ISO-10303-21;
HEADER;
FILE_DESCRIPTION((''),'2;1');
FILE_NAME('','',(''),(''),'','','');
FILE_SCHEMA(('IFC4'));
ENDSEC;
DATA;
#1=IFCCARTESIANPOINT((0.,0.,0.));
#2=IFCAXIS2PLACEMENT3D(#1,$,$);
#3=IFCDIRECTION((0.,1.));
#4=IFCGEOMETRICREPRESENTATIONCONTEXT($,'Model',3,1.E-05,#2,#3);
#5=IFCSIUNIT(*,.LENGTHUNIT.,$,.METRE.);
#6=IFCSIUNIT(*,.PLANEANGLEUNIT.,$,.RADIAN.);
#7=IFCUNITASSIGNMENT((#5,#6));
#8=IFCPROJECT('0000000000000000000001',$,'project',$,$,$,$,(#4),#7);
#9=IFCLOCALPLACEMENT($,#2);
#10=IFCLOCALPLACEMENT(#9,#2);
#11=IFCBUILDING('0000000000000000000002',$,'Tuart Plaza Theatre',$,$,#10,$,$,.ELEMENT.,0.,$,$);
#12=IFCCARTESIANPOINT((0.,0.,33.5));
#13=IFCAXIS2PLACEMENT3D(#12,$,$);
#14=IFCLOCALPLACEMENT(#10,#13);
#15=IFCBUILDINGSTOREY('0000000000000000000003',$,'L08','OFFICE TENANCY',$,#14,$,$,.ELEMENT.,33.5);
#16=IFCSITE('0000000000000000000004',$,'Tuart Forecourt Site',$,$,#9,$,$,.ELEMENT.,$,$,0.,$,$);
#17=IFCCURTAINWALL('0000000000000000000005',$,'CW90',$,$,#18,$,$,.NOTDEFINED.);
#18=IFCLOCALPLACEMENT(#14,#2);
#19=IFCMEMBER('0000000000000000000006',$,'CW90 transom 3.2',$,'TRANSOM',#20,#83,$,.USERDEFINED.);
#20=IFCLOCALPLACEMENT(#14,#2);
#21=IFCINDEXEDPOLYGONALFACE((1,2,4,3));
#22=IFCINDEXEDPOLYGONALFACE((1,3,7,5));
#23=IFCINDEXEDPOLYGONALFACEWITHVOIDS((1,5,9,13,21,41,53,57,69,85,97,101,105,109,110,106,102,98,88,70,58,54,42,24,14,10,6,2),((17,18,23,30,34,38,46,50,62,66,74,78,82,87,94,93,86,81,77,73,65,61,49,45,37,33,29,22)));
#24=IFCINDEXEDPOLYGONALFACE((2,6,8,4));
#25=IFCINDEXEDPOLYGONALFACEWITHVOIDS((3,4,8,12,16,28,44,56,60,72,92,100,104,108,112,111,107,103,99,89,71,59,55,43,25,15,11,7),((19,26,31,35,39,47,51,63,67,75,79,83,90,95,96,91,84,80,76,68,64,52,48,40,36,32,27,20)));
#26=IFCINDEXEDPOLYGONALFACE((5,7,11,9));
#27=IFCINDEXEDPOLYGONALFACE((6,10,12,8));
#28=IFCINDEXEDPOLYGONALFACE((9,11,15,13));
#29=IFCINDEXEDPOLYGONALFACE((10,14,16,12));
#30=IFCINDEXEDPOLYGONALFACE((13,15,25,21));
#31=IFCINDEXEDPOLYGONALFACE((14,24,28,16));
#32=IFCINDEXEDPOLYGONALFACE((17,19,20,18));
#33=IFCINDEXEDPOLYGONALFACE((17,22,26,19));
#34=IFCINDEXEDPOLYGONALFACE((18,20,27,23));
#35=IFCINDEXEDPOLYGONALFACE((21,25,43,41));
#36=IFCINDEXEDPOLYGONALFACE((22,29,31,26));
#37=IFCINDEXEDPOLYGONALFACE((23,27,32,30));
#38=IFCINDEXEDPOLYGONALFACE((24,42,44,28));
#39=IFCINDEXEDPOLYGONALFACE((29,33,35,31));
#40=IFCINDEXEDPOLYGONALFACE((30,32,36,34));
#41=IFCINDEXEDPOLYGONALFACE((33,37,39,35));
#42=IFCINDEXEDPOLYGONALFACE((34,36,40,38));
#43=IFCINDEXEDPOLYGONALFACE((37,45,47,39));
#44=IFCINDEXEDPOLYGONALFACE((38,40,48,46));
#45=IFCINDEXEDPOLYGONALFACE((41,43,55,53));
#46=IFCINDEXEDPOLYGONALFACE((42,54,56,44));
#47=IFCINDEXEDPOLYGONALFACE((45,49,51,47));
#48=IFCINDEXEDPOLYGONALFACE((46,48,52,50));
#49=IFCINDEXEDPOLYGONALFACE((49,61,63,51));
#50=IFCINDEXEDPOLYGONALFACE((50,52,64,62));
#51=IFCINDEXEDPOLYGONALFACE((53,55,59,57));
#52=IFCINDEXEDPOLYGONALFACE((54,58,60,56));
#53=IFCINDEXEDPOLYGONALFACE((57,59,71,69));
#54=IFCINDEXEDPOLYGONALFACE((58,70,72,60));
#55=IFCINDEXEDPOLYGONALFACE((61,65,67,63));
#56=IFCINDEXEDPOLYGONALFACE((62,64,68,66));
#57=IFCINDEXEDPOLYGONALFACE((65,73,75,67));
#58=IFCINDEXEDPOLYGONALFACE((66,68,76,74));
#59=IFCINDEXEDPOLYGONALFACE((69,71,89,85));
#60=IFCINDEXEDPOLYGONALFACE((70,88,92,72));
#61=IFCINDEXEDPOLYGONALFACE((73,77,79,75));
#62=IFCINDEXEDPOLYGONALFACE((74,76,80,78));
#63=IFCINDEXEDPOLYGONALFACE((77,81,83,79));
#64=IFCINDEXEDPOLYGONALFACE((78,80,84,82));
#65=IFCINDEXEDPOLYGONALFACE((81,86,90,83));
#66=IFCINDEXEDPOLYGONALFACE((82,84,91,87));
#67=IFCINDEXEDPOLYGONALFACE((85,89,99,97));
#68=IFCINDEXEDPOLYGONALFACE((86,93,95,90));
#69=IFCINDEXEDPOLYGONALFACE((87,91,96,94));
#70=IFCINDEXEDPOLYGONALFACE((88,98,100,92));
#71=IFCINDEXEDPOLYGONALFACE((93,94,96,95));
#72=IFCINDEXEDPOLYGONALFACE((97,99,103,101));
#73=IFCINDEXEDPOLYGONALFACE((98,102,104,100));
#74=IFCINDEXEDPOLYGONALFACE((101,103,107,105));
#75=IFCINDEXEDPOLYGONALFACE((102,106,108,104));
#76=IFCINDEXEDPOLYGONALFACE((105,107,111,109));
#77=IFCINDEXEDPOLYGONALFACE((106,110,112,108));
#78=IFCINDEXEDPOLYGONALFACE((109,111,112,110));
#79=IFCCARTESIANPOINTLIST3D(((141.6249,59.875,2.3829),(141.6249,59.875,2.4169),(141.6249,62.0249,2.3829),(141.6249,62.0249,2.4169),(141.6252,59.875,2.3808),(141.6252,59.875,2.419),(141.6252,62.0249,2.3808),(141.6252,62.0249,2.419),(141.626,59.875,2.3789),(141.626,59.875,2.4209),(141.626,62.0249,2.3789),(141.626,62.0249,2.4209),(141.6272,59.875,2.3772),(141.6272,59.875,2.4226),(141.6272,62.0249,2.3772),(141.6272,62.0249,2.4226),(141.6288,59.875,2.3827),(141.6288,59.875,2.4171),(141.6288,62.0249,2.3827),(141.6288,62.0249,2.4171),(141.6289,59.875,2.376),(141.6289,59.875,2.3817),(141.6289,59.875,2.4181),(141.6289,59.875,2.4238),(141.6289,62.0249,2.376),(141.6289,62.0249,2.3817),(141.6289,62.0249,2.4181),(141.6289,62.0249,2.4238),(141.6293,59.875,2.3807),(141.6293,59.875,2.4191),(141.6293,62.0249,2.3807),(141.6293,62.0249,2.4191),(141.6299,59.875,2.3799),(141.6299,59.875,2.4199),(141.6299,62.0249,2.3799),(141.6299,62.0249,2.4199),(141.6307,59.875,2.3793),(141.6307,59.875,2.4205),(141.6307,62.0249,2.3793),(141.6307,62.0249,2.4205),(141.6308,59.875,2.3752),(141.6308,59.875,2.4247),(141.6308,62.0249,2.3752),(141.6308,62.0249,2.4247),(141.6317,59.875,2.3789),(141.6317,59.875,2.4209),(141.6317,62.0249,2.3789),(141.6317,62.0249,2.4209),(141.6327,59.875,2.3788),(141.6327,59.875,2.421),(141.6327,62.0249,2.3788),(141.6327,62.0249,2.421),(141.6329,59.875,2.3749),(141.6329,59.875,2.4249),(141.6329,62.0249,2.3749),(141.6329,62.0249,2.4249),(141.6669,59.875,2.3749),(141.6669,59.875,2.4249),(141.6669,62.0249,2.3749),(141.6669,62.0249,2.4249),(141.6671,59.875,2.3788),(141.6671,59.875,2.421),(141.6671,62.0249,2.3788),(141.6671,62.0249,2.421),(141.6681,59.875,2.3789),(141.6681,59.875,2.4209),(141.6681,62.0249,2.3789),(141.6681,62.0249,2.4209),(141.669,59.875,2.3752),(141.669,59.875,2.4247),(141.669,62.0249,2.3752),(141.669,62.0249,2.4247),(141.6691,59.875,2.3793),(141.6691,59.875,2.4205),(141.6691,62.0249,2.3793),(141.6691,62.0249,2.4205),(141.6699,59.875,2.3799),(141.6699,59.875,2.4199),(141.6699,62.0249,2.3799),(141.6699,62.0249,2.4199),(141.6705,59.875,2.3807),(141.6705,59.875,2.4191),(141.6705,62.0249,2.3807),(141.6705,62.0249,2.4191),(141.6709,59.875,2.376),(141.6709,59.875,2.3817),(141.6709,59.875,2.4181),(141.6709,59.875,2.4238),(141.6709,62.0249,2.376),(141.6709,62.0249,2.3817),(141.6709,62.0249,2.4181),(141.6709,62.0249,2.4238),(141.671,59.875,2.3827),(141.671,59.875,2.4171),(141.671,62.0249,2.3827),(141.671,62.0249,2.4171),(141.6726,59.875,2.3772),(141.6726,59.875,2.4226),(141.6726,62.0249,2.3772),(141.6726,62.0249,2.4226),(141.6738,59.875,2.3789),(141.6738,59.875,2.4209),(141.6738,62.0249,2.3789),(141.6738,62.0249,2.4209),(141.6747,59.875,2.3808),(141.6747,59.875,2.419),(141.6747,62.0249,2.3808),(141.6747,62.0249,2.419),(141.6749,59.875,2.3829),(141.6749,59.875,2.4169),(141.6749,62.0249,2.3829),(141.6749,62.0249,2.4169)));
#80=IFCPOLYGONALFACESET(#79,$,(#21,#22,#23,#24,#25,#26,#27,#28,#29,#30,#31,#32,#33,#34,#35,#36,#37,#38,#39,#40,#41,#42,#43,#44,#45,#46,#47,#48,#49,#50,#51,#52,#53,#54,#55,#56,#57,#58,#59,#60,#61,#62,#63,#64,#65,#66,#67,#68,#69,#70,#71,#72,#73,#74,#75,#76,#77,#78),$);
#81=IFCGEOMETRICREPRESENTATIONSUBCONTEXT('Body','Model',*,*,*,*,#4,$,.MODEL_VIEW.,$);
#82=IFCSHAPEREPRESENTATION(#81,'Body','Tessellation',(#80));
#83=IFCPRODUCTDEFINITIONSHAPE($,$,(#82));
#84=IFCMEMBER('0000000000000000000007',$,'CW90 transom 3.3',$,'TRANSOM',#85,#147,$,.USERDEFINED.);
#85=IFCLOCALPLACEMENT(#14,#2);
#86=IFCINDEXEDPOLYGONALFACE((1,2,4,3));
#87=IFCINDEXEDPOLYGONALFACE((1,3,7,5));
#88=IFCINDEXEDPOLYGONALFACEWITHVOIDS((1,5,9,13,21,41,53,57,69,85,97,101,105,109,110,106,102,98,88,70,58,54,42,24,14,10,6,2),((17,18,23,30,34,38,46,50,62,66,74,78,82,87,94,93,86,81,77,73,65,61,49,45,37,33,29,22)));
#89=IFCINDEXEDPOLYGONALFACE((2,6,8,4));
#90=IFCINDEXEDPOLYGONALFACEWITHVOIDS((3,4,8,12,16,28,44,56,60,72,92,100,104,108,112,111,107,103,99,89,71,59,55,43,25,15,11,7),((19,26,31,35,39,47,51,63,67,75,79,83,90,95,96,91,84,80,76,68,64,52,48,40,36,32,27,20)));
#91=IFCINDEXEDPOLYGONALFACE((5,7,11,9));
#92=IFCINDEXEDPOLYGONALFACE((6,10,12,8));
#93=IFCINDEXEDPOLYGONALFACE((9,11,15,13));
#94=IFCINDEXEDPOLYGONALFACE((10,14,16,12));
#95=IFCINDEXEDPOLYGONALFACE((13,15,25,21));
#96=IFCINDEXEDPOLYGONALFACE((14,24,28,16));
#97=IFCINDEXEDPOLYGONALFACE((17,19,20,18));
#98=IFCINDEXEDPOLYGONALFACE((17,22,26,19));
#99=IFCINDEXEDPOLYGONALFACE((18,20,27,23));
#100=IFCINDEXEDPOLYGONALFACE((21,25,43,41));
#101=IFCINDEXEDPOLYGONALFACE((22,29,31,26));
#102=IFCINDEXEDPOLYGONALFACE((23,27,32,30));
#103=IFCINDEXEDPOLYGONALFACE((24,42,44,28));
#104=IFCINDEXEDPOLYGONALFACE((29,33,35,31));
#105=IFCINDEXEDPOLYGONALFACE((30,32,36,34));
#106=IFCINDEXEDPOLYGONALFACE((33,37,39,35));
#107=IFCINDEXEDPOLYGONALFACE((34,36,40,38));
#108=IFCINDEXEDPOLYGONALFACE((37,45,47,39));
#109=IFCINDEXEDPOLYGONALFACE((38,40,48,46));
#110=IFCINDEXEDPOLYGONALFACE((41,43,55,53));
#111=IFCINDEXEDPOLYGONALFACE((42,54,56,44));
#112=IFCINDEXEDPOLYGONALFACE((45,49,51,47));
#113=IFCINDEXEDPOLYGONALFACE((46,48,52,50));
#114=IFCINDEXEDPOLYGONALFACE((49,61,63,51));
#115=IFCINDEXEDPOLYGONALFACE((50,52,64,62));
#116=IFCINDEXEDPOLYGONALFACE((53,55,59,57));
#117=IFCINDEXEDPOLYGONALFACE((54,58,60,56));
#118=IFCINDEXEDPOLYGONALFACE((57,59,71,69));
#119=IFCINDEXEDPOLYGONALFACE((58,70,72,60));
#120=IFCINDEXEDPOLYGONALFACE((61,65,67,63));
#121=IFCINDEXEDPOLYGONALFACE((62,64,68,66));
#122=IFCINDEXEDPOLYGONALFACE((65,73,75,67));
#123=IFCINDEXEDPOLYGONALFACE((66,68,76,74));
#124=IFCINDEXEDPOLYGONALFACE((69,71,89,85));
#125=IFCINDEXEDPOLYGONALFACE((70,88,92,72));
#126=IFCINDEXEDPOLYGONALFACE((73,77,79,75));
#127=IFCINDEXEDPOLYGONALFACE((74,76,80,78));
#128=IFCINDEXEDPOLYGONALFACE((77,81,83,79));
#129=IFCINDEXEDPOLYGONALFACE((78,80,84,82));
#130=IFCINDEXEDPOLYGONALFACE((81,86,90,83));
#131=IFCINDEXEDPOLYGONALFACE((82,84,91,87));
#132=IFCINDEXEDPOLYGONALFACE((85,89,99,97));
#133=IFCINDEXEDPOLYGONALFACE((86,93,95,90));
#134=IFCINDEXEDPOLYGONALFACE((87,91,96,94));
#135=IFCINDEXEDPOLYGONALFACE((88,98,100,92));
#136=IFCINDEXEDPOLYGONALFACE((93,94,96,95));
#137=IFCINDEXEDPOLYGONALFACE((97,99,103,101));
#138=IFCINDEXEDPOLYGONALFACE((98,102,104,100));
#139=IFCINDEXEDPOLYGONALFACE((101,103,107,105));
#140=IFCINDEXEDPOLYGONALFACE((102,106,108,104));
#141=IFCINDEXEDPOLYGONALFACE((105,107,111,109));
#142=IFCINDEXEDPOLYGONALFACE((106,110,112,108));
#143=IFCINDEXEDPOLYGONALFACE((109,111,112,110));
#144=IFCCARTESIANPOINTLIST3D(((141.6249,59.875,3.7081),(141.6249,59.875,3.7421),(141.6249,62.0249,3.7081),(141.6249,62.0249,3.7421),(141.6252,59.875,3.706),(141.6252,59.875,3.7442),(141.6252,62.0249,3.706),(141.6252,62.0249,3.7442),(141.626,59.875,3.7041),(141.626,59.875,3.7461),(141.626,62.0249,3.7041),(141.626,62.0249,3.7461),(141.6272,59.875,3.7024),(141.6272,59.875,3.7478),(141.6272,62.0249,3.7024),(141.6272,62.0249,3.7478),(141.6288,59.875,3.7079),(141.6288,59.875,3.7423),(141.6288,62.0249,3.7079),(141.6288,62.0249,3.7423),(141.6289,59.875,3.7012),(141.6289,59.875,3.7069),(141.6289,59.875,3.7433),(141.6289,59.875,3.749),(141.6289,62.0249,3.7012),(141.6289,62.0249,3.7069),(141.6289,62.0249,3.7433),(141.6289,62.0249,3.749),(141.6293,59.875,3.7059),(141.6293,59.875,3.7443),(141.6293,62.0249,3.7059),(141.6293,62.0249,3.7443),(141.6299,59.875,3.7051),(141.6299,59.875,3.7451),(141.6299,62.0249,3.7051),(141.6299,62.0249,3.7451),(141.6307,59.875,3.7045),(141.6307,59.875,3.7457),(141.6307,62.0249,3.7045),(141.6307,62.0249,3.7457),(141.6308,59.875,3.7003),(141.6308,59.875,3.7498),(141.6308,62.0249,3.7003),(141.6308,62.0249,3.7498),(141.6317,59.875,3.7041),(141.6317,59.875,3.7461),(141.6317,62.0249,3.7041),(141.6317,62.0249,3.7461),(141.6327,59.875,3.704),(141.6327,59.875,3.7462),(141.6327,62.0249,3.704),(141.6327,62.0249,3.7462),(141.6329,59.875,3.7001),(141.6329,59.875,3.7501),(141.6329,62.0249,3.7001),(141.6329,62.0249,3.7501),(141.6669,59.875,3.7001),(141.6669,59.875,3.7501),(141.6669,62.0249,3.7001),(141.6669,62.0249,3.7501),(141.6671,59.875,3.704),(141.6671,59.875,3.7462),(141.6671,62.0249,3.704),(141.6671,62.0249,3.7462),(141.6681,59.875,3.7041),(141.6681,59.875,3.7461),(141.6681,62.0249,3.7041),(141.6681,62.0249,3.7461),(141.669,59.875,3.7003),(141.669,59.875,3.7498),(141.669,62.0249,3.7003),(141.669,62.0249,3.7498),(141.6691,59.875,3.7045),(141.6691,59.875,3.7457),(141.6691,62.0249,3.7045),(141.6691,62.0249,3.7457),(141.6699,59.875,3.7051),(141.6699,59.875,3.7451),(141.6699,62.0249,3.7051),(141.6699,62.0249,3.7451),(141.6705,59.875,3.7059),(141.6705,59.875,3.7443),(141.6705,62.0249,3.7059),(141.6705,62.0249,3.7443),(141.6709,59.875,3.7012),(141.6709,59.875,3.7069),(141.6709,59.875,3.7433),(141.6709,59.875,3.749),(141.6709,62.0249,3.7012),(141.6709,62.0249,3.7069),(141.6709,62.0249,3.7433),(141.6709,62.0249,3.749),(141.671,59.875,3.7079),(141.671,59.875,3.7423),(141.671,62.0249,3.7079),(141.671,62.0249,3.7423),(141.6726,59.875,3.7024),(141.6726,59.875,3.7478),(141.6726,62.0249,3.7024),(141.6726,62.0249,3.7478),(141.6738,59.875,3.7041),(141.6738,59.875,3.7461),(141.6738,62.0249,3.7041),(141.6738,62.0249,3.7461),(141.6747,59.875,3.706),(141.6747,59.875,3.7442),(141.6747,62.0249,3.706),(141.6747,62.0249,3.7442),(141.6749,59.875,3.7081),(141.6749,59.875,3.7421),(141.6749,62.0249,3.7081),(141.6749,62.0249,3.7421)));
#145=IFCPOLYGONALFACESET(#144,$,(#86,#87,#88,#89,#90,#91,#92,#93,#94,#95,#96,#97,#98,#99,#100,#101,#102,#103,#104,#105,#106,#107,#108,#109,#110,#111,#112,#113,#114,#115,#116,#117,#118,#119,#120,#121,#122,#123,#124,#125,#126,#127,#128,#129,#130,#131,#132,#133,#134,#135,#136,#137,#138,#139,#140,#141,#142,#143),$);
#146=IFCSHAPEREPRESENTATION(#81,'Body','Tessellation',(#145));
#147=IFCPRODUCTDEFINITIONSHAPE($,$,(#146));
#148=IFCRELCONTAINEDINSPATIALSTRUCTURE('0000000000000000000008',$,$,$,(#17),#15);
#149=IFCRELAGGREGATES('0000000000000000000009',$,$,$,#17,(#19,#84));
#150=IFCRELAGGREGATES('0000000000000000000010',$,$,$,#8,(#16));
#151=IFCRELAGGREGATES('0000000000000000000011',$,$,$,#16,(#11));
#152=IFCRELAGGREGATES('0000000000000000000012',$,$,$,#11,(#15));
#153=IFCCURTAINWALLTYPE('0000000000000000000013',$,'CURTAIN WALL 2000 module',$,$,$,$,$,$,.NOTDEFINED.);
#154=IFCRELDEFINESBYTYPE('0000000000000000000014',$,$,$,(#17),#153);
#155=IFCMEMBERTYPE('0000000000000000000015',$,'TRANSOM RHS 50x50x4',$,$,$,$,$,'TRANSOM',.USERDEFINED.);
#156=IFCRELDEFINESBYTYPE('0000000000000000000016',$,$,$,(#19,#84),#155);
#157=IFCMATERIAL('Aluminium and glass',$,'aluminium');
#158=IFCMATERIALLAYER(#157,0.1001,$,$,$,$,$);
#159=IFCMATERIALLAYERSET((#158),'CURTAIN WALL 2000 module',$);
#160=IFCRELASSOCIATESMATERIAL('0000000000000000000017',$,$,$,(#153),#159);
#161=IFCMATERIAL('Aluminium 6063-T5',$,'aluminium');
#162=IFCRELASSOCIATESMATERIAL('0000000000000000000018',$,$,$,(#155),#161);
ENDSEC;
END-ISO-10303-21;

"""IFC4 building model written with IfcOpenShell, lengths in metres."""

from ifc_helpers import new_model, si_unit, direction, frame, origin, origin_2d, place, context, subcontext, project, spatial, hollow_rectangle, extrude, material, layer, layer_set, material_profile, profile_set, type_object, element, aggregate, save


model = new_model("IFC4")

# Units and contexts
model_context = context("Model", 3, precision=1e-05, world=origin(), true_north=direction((0.0, 1.0)))
body_context = subcontext(model_context, "Body", "Model", "MODEL_VIEW")
ifc_project = project(units=[si_unit("LENGTHUNIT", "METRE"), si_unit("PLANEANGLEUNIT", "RADIAN")], contexts=[model_context])

# Site, building, storey
site_placement = place(None, origin())
site = spatial("IfcSite", under=ifc_project, at=site_placement, Name="Tuart Forecourt Site", CompositionType="ELEMENT", RefElevation=0.0)
building_placement = place(site_placement, origin())
building = spatial("IfcBuilding", under=site, at=building_placement, Name="Tuart Plaza Theatre", CompositionType="ELEMENT", ElevationOfRefHeight=0.0)
storey_placement = place(building_placement, frame((0.0, 0.0, 33.5)))
storey = spatial("IfcBuildingStorey", under=building, at=storey_placement, Name="L08", Description="OFFICE TENANCY", CompositionType="ELEMENT", Elevation=33.5)

# Shared definitions
ifc_material_1 = material(Name="Aluminium and glass", Category="aluminium")
ifc_layer_1 = layer(ifc_material_1, 0.1001)
ifc_layer_set_1 = layer_set([ifc_layer_1], Name="CURTAIN WALL 2000 module")
curtain_wall_type = type_object("IfcCurtainWallType", Name="CURTAIN WALL 2000 module", PredefinedType="NOTDEFINED", material=ifc_layer_set_1)

# Curtain wall, members
curtain_wall_1_placement = place(storey_placement, origin())
curtain_wall_1 = element("IfcCurtainWall", 1, at=curtain_wall_1_placement, inside=storey, type_object=curtain_wall_type, Name="CW90", PredefinedType="NOTDEFINED")
ifc_material_2 = material(Name="Aluminium 6063-T5", Category="aluminium")
ifc_material_profile_1 = material_profile(ifc_material_2, hollow_rectangle(XDim=0.05, YDim=0.05, WallThickness=0.0039, InnerFilletRadius=0.0039, OuterFilletRadius=0.0081, at=origin_2d()), Name="RHS 50x50x4")
ifc_profile_set_1 = profile_set([ifc_material_profile_1], Name="Aluminium 6063-T5")
member_type_1 = type_object("IfcMemberType", Name="TRANSOM RHS 50x50x4", ElementType="TRANSOM", PredefinedType="USERDEFINED", material=ifc_profile_set_1)
member_1_placement = place(storey_placement, frame((141.6499, 59.875, 2.3999), z_axis=(0.0, 1.0, 0.0), x_axis=(-1.0, 0.0, 0.0)))
member_1 = element("IfcMember", 2, at=member_1_placement, type_object=member_type_1, Name="CW90 transom 3.2", ObjectType="TRANSOM", PredefinedType="USERDEFINED", context=body_context, shape_type="SweptSolid", body=[
    extrude(hollow_rectangle(XDim=0.05, YDim=0.05, WallThickness=0.0039, InnerFilletRadius=0.0039, OuterFilletRadius=0.0081, at=origin_2d()), origin(), (0.0, 0.0, 1.0), 2.1499),
])
member_2_placement = place(storey_placement, frame((141.6499, 59.875, 3.7251), z_axis=(0.0, 1.0, 0.0), x_axis=(-1.0, 0.0, 0.0)))
member_2 = element("IfcMember", 3, at=member_2_placement, type_object=member_type_1, Name="CW90 transom 3.3", ObjectType="TRANSOM", PredefinedType="USERDEFINED", context=body_context, shape_type="SweptSolid", body=[
    extrude(hollow_rectangle(XDim=0.05, YDim=0.05, WallThickness=0.0039, InnerFilletRadius=0.0039, OuterFilletRadius=0.0081, at=origin_2d()), origin(), (0.0, 0.0, 1.0), 2.1499),
])
aggregate(curtain_wall_1, [member_1, member_2])

save(model, "model.ifc")
